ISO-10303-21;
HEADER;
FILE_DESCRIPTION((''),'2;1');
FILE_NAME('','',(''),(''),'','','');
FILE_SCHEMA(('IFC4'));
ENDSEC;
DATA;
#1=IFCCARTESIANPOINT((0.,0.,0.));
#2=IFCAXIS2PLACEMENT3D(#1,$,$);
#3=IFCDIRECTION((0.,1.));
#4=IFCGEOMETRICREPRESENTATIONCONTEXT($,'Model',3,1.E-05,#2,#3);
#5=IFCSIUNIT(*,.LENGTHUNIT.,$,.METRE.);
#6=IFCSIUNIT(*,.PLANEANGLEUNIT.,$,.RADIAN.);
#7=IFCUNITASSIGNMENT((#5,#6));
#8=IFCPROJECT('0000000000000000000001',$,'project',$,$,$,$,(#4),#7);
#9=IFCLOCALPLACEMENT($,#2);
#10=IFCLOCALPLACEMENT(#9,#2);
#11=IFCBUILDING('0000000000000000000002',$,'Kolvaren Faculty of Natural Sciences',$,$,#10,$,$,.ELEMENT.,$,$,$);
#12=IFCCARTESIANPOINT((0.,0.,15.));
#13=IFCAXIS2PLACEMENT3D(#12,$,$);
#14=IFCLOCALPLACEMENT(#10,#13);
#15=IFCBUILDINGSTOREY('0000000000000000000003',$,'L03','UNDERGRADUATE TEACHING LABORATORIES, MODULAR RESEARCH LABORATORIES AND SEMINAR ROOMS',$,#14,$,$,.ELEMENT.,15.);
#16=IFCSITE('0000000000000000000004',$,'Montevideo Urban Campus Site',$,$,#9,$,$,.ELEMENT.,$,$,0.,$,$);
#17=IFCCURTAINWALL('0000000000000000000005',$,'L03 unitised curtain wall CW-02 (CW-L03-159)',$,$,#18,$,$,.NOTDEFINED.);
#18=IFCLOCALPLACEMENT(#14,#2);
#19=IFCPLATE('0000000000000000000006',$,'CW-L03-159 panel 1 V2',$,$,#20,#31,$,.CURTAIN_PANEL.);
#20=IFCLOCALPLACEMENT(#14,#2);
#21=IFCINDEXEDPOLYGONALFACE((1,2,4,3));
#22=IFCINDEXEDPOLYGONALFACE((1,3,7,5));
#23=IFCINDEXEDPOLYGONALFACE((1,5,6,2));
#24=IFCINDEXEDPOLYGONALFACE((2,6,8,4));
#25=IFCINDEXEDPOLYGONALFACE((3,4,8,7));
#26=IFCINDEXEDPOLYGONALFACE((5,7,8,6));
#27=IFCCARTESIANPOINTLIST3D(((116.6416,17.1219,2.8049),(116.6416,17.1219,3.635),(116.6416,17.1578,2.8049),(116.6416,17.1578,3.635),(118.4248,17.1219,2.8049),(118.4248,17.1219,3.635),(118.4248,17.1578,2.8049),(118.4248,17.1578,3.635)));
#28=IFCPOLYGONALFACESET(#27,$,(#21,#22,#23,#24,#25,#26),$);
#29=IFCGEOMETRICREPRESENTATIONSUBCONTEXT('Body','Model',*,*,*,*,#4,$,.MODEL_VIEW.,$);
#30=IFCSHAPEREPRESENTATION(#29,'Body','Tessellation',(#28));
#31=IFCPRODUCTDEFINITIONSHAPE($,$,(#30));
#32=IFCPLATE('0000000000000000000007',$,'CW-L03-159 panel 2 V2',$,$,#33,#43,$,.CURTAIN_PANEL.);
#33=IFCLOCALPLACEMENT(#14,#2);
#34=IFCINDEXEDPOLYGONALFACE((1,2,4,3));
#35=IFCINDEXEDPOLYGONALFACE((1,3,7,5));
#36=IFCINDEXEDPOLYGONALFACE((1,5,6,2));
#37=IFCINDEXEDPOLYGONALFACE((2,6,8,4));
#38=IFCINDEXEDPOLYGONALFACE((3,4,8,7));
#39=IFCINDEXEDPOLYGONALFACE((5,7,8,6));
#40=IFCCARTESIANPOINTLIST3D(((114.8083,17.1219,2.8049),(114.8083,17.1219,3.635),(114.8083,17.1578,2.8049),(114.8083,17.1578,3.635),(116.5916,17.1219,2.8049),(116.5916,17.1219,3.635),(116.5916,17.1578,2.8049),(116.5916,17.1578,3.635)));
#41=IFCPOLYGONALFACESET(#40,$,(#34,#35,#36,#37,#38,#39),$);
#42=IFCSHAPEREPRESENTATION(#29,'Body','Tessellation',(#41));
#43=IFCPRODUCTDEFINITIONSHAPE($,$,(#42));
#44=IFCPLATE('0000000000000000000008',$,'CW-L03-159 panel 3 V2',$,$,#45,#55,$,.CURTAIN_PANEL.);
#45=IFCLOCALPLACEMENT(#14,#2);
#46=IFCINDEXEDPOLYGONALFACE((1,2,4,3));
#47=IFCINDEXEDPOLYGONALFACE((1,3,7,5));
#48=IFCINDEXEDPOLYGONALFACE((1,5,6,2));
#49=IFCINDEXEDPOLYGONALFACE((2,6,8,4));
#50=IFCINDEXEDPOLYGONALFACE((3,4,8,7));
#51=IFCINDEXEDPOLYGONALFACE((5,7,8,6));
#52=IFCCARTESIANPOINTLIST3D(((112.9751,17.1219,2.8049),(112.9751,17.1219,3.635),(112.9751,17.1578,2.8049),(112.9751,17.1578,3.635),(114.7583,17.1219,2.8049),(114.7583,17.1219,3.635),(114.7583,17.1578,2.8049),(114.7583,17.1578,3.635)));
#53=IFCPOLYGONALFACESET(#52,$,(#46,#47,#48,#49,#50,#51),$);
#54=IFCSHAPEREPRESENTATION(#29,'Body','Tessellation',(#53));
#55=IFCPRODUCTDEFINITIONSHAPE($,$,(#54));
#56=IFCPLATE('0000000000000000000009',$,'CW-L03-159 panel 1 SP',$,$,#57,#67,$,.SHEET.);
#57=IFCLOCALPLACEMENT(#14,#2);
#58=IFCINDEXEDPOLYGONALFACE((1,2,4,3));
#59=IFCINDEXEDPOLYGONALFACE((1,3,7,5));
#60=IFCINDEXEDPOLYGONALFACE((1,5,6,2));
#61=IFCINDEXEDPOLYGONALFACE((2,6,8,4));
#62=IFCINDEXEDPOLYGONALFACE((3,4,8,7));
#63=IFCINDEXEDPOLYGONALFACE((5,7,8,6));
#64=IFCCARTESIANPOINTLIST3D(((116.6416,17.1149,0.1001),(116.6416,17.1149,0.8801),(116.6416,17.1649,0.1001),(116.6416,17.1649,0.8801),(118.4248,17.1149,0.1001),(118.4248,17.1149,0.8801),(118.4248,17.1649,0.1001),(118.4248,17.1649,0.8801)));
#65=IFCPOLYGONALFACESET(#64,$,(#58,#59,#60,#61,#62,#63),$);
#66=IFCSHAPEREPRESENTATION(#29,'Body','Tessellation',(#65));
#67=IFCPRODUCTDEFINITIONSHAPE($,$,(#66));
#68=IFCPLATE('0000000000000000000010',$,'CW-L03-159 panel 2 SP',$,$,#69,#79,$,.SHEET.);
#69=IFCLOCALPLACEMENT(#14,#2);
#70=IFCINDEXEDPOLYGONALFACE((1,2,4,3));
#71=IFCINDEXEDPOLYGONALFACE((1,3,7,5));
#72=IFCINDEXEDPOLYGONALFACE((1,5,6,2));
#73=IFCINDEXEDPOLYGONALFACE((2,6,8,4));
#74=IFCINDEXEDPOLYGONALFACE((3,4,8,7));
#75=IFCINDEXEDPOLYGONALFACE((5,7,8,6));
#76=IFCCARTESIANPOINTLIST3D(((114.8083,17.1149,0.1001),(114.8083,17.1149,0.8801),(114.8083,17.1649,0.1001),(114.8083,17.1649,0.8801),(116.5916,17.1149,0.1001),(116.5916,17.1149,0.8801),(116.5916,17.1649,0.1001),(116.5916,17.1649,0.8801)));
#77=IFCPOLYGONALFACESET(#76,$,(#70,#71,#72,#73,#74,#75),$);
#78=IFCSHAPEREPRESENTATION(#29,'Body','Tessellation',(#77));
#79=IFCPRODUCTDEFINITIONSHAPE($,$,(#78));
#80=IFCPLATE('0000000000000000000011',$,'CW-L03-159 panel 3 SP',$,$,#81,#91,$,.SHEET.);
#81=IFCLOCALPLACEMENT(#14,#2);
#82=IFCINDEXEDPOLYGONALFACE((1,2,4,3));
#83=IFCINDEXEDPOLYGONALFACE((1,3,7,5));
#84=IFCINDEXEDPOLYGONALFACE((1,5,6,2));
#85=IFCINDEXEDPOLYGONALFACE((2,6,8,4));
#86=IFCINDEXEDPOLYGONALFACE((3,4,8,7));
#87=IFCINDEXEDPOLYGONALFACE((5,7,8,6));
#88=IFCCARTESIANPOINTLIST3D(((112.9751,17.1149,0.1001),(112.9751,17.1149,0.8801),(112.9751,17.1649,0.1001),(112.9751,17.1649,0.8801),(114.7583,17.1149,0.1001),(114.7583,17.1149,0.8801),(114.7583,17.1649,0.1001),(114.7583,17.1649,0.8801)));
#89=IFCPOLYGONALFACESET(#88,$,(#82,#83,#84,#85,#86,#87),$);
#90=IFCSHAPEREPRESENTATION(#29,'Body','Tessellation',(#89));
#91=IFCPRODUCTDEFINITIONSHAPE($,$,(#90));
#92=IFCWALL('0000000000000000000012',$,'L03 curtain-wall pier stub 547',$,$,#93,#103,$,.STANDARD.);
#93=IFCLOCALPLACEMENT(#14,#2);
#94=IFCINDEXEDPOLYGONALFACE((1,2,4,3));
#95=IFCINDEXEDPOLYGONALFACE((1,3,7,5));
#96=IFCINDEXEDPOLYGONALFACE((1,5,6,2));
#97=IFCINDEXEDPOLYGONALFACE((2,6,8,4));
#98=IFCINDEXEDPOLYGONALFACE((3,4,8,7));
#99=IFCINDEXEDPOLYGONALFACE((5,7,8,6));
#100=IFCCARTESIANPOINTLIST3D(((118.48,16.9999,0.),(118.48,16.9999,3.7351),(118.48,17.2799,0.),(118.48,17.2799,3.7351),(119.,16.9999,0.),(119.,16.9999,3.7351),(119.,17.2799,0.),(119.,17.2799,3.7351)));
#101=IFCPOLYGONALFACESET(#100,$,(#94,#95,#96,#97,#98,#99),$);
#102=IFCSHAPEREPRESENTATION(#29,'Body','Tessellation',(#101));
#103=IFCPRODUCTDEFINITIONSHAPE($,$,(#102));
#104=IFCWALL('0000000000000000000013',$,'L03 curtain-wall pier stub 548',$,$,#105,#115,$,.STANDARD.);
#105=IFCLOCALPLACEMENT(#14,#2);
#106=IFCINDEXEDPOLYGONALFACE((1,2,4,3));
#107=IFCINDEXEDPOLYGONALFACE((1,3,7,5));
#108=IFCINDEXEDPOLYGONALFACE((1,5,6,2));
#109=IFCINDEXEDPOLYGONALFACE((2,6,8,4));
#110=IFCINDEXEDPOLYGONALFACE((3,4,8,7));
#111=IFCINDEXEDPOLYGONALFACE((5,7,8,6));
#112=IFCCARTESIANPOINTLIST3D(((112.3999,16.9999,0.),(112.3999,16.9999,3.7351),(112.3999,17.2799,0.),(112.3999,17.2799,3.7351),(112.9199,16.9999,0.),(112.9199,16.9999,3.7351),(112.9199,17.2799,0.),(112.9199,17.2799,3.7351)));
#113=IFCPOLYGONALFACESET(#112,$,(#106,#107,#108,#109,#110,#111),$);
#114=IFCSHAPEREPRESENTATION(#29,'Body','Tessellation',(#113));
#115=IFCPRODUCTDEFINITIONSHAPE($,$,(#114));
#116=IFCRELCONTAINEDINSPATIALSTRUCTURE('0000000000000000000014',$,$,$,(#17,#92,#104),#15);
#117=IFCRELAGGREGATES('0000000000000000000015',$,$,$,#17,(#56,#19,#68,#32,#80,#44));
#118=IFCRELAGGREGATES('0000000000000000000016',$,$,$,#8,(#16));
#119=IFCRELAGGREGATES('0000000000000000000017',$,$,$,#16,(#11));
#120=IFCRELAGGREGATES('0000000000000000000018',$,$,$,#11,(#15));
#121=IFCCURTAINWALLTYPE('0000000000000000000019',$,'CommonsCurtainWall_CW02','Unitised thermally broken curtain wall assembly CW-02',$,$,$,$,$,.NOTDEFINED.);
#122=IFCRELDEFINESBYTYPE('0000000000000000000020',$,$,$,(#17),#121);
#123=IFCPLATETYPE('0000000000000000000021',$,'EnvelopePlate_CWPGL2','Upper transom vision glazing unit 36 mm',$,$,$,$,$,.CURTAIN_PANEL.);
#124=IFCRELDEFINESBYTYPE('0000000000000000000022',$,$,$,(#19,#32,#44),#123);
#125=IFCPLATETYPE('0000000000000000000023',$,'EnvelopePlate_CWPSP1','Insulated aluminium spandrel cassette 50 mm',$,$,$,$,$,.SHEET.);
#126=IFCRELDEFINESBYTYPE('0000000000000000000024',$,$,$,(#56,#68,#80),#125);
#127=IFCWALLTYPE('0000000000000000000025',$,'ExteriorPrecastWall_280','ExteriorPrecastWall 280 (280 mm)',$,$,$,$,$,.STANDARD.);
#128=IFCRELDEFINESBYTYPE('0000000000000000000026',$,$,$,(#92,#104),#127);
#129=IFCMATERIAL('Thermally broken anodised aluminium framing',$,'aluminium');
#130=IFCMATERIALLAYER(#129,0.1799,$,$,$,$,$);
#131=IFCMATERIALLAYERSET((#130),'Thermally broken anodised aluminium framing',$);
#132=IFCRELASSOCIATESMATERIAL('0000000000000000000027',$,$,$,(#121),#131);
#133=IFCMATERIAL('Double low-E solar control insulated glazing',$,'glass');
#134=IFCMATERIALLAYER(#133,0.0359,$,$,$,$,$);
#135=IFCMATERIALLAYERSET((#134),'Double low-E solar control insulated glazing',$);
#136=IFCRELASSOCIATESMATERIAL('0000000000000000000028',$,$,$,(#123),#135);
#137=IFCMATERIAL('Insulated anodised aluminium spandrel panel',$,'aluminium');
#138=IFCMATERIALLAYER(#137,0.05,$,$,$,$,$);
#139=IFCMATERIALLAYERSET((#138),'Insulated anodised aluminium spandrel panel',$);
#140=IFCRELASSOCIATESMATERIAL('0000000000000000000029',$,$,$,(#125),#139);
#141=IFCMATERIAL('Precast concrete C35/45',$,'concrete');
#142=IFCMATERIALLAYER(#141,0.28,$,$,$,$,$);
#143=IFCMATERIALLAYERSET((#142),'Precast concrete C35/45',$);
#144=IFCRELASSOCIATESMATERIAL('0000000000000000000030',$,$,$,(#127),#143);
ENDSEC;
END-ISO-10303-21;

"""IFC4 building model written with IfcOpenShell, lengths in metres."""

from ifc_helpers import new_model, si_unit, direction, frame, frame_2d, origin, origin_2d, place, context, subcontext, project, spatial, rectangle, extrude, material, layer, layer_set, type_object, element, aggregate, save


model = new_model("IFC4")

# Units and contexts
model_context = context("Model", 3, precision=1e-05, world=origin(), true_north=direction((0.0, 1.0)))
body_context = subcontext(model_context, "Body", "Model", "MODEL_VIEW")
ifc_project = project(units=[si_unit("LENGTHUNIT", "METRE"), si_unit("PLANEANGLEUNIT", "RADIAN")], contexts=[model_context])

# Site, building, storey
site_placement = place(None, origin())
site = spatial("IfcSite", under=ifc_project, at=site_placement, Name="Montevideo Urban Campus Site", CompositionType="ELEMENT", RefElevation=0.0)
building_placement = place(site_placement, origin())
building = spatial("IfcBuilding", under=site, at=building_placement, Name="Kolvaren Faculty of Natural Sciences", CompositionType="ELEMENT")
storey_placement = place(building_placement, frame((0.0, 0.0, 15.0)))
storey = spatial("IfcBuildingStorey", under=building, at=storey_placement, Name="L03", Description="UNDERGRADUATE TEACHING LABORATORIES, MODULAR RESEARCH LABORATORIES AND SEMINAR ROOMS", CompositionType="ELEMENT", Elevation=15.0)

# Curtain wall
ifc_material_1 = material(Name="Thermally broken anodised aluminium framing", Category="aluminium")
ifc_layer_1 = layer(ifc_material_1, 0.1799)
ifc_layer_set_1 = layer_set([ifc_layer_1], Name="Thermally broken anodised aluminium framing")
curtain_wall_type = type_object("IfcCurtainWallType", Name="CommonsCurtainWall_CW02", Description="Unitised thermally broken curtain wall assembly CW-02", PredefinedType="NOTDEFINED", material=ifc_layer_set_1)
curtain_wall_placement = place(storey_placement, origin())
curtain_wall = element("IfcCurtainWall", 1, at=curtain_wall_placement, inside=storey, type_object=curtain_wall_type, Name="L03 unitised curtain wall CW-02 (CW-L03-159)", PredefinedType="NOTDEFINED")

# Plates
ifc_material_2 = material(Name="Double low-E solar control insulated glazing", Category="glass")
ifc_layer_2 = layer(ifc_material_2, 0.0359)
ifc_layer_set_2 = layer_set([ifc_layer_2], Name="Double low-E solar control insulated glazing")
plate_type_1 = type_object("IfcPlateType", Name="EnvelopePlate_CWPGL2", Description="Upper transom vision glazing unit 36 mm", PredefinedType="CURTAIN_PANEL", material=ifc_layer_set_2)
plate_1_placement = place(storey_placement, frame((117.5332, 17.1399, 2.8049), z_axis=(0.0, 0.0, 1.0), x_axis=(-1.0, 0.0, 0.0)))
plate_1 = element("IfcPlate", 2, at=plate_1_placement, type_object=plate_type_1, Name="CW-L03-159 panel 1 V2", PredefinedType="CURTAIN_PANEL", context=body_context, shape_type="SweptSolid", body=[
    extrude(rectangle(XDim=1.7832, YDim=0.0359, at=origin_2d()), origin(), (0.0, 0.0, 1.0), 0.8301),
])
plate_2_placement = place(storey_placement, frame((115.7, 17.1399, 2.8049), z_axis=(0.0, 0.0, 1.0), x_axis=(-1.0, 0.0, 0.0)))
plate_2 = element("IfcPlate", 3, at=plate_2_placement, type_object=plate_type_1, Name="CW-L03-159 panel 2 V2", PredefinedType="CURTAIN_PANEL", context=body_context, shape_type="SweptSolid", body=[
    extrude(rectangle(XDim=1.7832, YDim=0.0359, at=origin_2d()), origin(), (0.0, 0.0, 1.0), 0.8301),
])
plate_3_placement = place(storey_placement, frame((113.8667, 17.1399, 2.8049), z_axis=(0.0, 0.0, 1.0), x_axis=(-1.0, 0.0, 0.0)))
plate_3 = element("IfcPlate", 4, at=plate_3_placement, type_object=plate_type_1, Name="CW-L03-159 panel 3 V2", PredefinedType="CURTAIN_PANEL", context=body_context, shape_type="SweptSolid", body=[
    extrude(rectangle(XDim=1.7832, YDim=0.0359, at=origin_2d()), origin(), (0.0, 0.0, 1.0), 0.8301),
])
ifc_material_3 = material(Name="Insulated anodised aluminium spandrel panel", Category="aluminium")
ifc_layer_3 = layer(ifc_material_3, 0.05)
ifc_layer_set_3 = layer_set([ifc_layer_3], Name="Insulated anodised aluminium spandrel panel")
plate_type_2 = type_object("IfcPlateType", Name="EnvelopePlate_CWPSP1", Description="Insulated aluminium spandrel cassette 50 mm", PredefinedType="SHEET", material=ifc_layer_set_3)
plate_4_placement = place(storey_placement, frame((117.5332, 17.1399, 0.1001), z_axis=(0.0, 0.0, 1.0), x_axis=(-1.0, 0.0, 0.0)))
plate_4 = element("IfcPlate", 5, at=plate_4_placement, type_object=plate_type_2, Name="CW-L03-159 panel 1 SP", PredefinedType="SHEET", context=body_context, shape_type="SweptSolid", body=[
    extrude(rectangle(XDim=1.7832, YDim=0.05, at=origin_2d()), origin(), (0.0, 0.0, 1.0), 0.78),
])
plate_5_placement = place(storey_placement, frame((115.7, 17.1399, 0.1001), z_axis=(0.0, 0.0, 1.0), x_axis=(-1.0, 0.0, 0.0)))
plate_5 = element("IfcPlate", 6, at=plate_5_placement, type_object=plate_type_2, Name="CW-L03-159 panel 2 SP", PredefinedType="SHEET", context=body_context, shape_type="SweptSolid", body=[
    extrude(rectangle(XDim=1.7832, YDim=0.05, at=origin_2d()), origin(), (0.0, 0.0, 1.0), 0.78),
])
plate_6_placement = place(storey_placement, frame((113.8667, 17.1399, 0.1001), z_axis=(0.0, 0.0, 1.0), x_axis=(-1.0, 0.0, 0.0)))
plate_6 = element("IfcPlate", 7, at=plate_6_placement, type_object=plate_type_2, Name="CW-L03-159 panel 3 SP", PredefinedType="SHEET", context=body_context, shape_type="SweptSolid", body=[
    extrude(rectangle(XDim=1.7832, YDim=0.05, at=origin_2d()), origin(), (0.0, 0.0, 1.0), 0.78),
])
aggregate(curtain_wall, [plate_4, plate_1, plate_5, plate_2, plate_6, plate_3])

# Walls
ifc_material_4 = material(Name="Precast concrete C35/45", Category="concrete")
ifc_layer_4 = layer(ifc_material_4, 0.28)
ifc_layer_set_4 = layer_set([ifc_layer_4], Name="Precast concrete C35/45")
wall_type = type_object("IfcWallType", Name="ExteriorPrecastWall_280", Description="ExteriorPrecastWall 280 (280 mm)", PredefinedType="STANDARD", material=ifc_layer_set_4)
for number, where, z_axis, x_axis, name in (
    (8, (119.0, 17.1399, 0.0), (0.0, 0.0, 1.0), (-1.0, 0.0, 0.0), "L03 curtain-wall pier stub 547"),
    (9, (112.9199, 17.1399, 0.0), (0.0, 0.0, 1.0), (-1.0, 0.0, 0.0), "L03 curtain-wall pier stub 548"),
):
    element("IfcWall", number, at=place(storey_placement, frame(where, z_axis=z_axis, x_axis=x_axis)), inside=storey, type_object=wall_type, Name=name, PredefinedType="STANDARD", context=body_context, shape_type="SweptSolid", body=[
        extrude(rectangle(XDim=0.52, YDim=0.28, at=frame_2d((0.26, 0.0))), origin(), (0.0, 0.0, 1.0), 3.7351),
    ])

save(model, "model.ifc")
